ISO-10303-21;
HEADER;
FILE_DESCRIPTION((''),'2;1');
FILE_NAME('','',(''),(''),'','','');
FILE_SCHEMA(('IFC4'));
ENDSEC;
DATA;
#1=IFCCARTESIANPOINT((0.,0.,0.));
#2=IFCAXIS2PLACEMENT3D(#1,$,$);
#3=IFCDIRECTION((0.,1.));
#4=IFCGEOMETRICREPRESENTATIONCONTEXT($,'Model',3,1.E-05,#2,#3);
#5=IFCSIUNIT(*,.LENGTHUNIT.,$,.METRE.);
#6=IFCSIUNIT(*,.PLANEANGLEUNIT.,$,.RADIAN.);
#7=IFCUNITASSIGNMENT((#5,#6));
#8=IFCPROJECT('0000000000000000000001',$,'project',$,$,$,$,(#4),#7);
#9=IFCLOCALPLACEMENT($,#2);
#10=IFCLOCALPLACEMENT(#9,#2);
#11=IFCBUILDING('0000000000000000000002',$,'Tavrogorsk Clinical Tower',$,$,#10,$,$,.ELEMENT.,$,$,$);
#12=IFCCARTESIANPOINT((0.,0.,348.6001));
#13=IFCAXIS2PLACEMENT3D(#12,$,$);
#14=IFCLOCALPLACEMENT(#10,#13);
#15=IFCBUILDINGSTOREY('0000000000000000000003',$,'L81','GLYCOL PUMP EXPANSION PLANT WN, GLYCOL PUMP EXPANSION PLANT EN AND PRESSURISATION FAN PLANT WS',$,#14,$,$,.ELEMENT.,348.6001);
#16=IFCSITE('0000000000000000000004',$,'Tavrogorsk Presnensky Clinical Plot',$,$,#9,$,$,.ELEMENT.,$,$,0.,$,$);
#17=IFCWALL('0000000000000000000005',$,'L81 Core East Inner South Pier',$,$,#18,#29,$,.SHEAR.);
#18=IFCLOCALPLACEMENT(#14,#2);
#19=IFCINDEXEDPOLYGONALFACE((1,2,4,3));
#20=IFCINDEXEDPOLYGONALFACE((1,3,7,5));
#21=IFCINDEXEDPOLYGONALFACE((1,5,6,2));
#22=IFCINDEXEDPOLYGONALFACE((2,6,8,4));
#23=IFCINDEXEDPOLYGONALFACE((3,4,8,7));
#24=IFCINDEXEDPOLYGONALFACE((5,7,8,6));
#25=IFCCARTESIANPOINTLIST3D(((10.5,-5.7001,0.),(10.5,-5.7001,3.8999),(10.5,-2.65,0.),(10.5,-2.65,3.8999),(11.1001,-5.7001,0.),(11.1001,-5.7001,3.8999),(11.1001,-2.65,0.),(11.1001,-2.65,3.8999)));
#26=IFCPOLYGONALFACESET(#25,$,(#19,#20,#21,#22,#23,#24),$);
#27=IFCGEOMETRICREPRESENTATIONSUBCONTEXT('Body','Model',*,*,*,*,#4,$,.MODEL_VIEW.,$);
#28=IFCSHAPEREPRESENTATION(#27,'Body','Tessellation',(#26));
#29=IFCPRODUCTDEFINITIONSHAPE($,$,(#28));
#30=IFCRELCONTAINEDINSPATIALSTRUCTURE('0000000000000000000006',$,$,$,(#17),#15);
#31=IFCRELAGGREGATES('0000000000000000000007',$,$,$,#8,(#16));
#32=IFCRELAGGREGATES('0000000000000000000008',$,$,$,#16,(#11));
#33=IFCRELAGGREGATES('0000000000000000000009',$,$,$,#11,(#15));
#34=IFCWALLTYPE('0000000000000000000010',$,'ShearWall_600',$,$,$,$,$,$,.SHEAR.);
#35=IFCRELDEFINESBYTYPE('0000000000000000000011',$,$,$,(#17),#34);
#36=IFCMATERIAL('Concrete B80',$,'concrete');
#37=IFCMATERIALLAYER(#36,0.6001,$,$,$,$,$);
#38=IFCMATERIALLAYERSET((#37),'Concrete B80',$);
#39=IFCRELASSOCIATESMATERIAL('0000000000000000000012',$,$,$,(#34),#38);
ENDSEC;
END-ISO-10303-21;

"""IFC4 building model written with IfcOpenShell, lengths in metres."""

from ifc_helpers import new_model, si_unit, direction, frame, frame_2d, origin, place, context, subcontext, project, spatial, rectangle, extrude, material, layer, layer_set, type_object, element, save


model = new_model("IFC4")

# Units and contexts
model_context = context("Model", 3, precision=1e-05, world=origin(), true_north=direction((0.0, 1.0)))
body_context = subcontext(model_context, "Body", "Model", "MODEL_VIEW")
ifc_project = project(units=[si_unit("LENGTHUNIT", "METRE"), si_unit("PLANEANGLEUNIT", "RADIAN")], contexts=[model_context])

# Site, building, storey
site_placement = place(None, origin())
site = spatial("IfcSite", under=ifc_project, at=site_placement, Name="Tavrogorsk Presnensky Clinical Plot", CompositionType="ELEMENT", RefElevation=0.0)
building_placement = place(site_placement, origin())
building = spatial("IfcBuilding", under=site, at=building_placement, Name="Tavrogorsk Clinical Tower", CompositionType="ELEMENT")
storey_placement = place(building_placement, frame((0.0, 0.0, 348.6001)))
storey = spatial("IfcBuildingStorey", under=building, at=storey_placement, Name="L81", Description="GLYCOL PUMP EXPANSION PLANT WN, GLYCOL PUMP EXPANSION PLANT EN AND PRESSURISATION FAN PLANT WS", CompositionType="ELEMENT", Elevation=348.6001)

# Wall
ifc_material_1 = material(Name="Concrete B80", Category="concrete")
ifc_layer_1 = layer(ifc_material_1, 0.6001)
ifc_layer_set_1 = layer_set([ifc_layer_1], Name="Concrete B80")
wall_type_1 = type_object("IfcWallType", Name="ShearWall_600", PredefinedType="SHEAR", material=ifc_layer_set_1)
wall_1_placement = place(storey_placement, frame((10.8, -5.7, 0.0), z_axis=(0.0, 0.0, 1.0), x_axis=(0.0, 1.0, 0.0)))
element("IfcWall", 1, at=wall_1_placement, inside=storey, type_object=wall_type_1, Name="L81 Core East Inner South Pier", PredefinedType="SHEAR", context=body_context, shape_type="SweptSolid", body=[
    extrude(rectangle(XDim=3.05, YDim=0.6001, at=frame_2d((1.5249, 0.0))), origin(), (0.0, 0.0, 1.0), 3.8999),
])

save(model, "model.ifc")
